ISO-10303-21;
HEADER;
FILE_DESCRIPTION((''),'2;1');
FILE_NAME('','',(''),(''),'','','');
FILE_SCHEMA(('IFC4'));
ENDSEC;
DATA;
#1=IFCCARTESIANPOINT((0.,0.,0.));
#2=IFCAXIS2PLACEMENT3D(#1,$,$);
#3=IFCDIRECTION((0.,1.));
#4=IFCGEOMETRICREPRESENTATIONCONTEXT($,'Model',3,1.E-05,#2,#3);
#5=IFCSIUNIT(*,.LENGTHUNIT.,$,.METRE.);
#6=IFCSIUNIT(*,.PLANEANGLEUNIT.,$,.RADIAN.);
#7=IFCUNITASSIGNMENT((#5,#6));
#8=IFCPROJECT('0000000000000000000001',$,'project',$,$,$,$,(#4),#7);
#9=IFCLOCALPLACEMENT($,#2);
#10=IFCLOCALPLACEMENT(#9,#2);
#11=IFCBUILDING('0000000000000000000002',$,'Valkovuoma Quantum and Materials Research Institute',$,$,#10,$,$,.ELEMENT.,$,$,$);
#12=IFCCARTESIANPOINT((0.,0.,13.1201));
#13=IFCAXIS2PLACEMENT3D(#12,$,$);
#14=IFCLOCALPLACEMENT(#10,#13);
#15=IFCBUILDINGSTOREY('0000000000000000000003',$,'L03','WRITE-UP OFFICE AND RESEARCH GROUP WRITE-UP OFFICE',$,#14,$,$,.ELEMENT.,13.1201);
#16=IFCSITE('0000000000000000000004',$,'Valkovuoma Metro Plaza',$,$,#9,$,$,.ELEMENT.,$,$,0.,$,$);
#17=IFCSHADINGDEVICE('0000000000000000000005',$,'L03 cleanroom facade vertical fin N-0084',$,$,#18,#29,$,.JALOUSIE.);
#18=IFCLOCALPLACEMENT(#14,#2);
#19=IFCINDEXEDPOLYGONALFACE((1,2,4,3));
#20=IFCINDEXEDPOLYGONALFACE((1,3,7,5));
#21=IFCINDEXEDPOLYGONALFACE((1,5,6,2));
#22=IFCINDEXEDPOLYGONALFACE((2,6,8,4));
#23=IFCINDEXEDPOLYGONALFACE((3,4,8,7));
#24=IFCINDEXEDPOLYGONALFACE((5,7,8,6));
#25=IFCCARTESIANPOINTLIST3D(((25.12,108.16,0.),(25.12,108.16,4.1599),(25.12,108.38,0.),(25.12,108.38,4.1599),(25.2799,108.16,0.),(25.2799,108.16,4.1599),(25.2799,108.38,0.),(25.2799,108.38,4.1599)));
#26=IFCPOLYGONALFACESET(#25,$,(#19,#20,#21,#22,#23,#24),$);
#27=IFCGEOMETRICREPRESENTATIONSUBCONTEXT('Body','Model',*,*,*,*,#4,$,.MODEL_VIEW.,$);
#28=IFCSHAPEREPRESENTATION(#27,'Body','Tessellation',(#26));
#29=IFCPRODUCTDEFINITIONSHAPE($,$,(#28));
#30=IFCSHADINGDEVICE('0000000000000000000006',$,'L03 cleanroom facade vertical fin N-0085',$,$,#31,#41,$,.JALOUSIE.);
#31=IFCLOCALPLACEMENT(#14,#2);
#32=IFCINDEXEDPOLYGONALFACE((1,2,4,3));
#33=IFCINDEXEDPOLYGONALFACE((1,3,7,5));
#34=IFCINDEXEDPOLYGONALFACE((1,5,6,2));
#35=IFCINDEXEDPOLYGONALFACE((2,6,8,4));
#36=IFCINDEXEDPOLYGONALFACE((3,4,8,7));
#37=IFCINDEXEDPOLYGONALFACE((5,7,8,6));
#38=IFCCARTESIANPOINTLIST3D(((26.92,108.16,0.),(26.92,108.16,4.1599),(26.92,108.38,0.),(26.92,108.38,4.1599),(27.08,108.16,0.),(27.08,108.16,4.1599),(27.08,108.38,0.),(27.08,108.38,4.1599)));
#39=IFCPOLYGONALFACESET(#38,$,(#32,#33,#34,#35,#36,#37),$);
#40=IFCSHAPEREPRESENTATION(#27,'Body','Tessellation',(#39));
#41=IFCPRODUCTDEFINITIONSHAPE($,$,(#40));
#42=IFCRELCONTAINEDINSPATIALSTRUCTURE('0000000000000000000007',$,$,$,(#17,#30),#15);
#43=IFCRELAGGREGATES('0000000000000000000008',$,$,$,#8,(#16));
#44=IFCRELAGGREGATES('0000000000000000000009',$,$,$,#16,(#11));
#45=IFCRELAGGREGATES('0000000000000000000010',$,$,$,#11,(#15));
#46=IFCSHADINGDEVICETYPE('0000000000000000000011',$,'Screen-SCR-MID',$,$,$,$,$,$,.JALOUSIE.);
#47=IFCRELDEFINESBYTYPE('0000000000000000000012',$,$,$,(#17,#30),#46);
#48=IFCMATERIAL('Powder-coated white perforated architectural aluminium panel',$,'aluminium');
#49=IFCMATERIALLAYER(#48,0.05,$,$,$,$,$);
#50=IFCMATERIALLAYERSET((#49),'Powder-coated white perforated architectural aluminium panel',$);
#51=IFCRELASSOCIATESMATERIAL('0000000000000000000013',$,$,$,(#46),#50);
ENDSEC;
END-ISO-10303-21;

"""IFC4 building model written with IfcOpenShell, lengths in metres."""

from ifc_helpers import new_model, si_unit, direction, frame, origin, origin_2d, place, context, subcontext, project, spatial, rectangle, extrude, material, layer, layer_set, type_object, element, save


model = new_model("IFC4")

# Units and contexts
model_context = context("Model", 3, precision=1e-05, world=origin(), true_north=direction((0.0, 1.0)))
body_context = subcontext(model_context, "Body", "Model", "MODEL_VIEW")
ifc_project = project(units=[si_unit("LENGTHUNIT", "METRE"), si_unit("PLANEANGLEUNIT", "RADIAN")], contexts=[model_context])

# Site, building, storey
site_placement = place(None, origin())
site = spatial("IfcSite", under=ifc_project, at=site_placement, Name="Valkovuoma Metro Plaza", CompositionType="ELEMENT", RefElevation=0.0)
building_placement = place(site_placement, origin())
building = spatial("IfcBuilding", under=site, at=building_placement, Name="Valkovuoma Quantum and Materials Research Institute", CompositionType="ELEMENT")
storey_placement = place(building_placement, frame((0.0, 0.0, 13.1201)))
storey = spatial("IfcBuildingStorey", under=building, at=storey_placement, Name="L03", Description="WRITE-UP OFFICE AND RESEARCH GROUP WRITE-UP OFFICE", CompositionType="ELEMENT", Elevation=13.1201)

# Shading devices
ifc_material_1 = material(Name="Powder-coated white perforated architectural aluminium panel", Category="aluminium")
ifc_layer_1 = layer(ifc_material_1, 0.05)
ifc_layer_set_1 = layer_set([ifc_layer_1], Name="Powder-coated white perforated architectural aluminium panel")
shading_device_type = type_object("IfcShadingDeviceType", Name="Screen-SCR-MID", PredefinedType="JALOUSIE", material=ifc_layer_set_1)
for number, where, z_axis, x_axis, name in (
    (1, (25.2, 108.27, 0.0), (0.0, 0.0, 1.0), (1.0, 0.0, 0.0), "L03 cleanroom facade vertical fin N-0084"),
    (2, (27.0, 108.27, 0.0), (0.0, 0.0, 1.0), (1.0, 0.0, 0.0), "L03 cleanroom facade vertical fin N-0085"),
):
    element("IfcShadingDevice", number, at=place(storey_placement, frame(where, z_axis=z_axis, x_axis=x_axis)), inside=storey, type_object=shading_device_type, Name=name, PredefinedType="JALOUSIE", context=body_context, shape_type="SweptSolid", body=[
        extrude(rectangle(XDim=0.1599, YDim=0.22, at=origin_2d()), origin(), (0.0, 0.0, 1.0), 4.1599),
    ])

save(model, "model.ifc")
